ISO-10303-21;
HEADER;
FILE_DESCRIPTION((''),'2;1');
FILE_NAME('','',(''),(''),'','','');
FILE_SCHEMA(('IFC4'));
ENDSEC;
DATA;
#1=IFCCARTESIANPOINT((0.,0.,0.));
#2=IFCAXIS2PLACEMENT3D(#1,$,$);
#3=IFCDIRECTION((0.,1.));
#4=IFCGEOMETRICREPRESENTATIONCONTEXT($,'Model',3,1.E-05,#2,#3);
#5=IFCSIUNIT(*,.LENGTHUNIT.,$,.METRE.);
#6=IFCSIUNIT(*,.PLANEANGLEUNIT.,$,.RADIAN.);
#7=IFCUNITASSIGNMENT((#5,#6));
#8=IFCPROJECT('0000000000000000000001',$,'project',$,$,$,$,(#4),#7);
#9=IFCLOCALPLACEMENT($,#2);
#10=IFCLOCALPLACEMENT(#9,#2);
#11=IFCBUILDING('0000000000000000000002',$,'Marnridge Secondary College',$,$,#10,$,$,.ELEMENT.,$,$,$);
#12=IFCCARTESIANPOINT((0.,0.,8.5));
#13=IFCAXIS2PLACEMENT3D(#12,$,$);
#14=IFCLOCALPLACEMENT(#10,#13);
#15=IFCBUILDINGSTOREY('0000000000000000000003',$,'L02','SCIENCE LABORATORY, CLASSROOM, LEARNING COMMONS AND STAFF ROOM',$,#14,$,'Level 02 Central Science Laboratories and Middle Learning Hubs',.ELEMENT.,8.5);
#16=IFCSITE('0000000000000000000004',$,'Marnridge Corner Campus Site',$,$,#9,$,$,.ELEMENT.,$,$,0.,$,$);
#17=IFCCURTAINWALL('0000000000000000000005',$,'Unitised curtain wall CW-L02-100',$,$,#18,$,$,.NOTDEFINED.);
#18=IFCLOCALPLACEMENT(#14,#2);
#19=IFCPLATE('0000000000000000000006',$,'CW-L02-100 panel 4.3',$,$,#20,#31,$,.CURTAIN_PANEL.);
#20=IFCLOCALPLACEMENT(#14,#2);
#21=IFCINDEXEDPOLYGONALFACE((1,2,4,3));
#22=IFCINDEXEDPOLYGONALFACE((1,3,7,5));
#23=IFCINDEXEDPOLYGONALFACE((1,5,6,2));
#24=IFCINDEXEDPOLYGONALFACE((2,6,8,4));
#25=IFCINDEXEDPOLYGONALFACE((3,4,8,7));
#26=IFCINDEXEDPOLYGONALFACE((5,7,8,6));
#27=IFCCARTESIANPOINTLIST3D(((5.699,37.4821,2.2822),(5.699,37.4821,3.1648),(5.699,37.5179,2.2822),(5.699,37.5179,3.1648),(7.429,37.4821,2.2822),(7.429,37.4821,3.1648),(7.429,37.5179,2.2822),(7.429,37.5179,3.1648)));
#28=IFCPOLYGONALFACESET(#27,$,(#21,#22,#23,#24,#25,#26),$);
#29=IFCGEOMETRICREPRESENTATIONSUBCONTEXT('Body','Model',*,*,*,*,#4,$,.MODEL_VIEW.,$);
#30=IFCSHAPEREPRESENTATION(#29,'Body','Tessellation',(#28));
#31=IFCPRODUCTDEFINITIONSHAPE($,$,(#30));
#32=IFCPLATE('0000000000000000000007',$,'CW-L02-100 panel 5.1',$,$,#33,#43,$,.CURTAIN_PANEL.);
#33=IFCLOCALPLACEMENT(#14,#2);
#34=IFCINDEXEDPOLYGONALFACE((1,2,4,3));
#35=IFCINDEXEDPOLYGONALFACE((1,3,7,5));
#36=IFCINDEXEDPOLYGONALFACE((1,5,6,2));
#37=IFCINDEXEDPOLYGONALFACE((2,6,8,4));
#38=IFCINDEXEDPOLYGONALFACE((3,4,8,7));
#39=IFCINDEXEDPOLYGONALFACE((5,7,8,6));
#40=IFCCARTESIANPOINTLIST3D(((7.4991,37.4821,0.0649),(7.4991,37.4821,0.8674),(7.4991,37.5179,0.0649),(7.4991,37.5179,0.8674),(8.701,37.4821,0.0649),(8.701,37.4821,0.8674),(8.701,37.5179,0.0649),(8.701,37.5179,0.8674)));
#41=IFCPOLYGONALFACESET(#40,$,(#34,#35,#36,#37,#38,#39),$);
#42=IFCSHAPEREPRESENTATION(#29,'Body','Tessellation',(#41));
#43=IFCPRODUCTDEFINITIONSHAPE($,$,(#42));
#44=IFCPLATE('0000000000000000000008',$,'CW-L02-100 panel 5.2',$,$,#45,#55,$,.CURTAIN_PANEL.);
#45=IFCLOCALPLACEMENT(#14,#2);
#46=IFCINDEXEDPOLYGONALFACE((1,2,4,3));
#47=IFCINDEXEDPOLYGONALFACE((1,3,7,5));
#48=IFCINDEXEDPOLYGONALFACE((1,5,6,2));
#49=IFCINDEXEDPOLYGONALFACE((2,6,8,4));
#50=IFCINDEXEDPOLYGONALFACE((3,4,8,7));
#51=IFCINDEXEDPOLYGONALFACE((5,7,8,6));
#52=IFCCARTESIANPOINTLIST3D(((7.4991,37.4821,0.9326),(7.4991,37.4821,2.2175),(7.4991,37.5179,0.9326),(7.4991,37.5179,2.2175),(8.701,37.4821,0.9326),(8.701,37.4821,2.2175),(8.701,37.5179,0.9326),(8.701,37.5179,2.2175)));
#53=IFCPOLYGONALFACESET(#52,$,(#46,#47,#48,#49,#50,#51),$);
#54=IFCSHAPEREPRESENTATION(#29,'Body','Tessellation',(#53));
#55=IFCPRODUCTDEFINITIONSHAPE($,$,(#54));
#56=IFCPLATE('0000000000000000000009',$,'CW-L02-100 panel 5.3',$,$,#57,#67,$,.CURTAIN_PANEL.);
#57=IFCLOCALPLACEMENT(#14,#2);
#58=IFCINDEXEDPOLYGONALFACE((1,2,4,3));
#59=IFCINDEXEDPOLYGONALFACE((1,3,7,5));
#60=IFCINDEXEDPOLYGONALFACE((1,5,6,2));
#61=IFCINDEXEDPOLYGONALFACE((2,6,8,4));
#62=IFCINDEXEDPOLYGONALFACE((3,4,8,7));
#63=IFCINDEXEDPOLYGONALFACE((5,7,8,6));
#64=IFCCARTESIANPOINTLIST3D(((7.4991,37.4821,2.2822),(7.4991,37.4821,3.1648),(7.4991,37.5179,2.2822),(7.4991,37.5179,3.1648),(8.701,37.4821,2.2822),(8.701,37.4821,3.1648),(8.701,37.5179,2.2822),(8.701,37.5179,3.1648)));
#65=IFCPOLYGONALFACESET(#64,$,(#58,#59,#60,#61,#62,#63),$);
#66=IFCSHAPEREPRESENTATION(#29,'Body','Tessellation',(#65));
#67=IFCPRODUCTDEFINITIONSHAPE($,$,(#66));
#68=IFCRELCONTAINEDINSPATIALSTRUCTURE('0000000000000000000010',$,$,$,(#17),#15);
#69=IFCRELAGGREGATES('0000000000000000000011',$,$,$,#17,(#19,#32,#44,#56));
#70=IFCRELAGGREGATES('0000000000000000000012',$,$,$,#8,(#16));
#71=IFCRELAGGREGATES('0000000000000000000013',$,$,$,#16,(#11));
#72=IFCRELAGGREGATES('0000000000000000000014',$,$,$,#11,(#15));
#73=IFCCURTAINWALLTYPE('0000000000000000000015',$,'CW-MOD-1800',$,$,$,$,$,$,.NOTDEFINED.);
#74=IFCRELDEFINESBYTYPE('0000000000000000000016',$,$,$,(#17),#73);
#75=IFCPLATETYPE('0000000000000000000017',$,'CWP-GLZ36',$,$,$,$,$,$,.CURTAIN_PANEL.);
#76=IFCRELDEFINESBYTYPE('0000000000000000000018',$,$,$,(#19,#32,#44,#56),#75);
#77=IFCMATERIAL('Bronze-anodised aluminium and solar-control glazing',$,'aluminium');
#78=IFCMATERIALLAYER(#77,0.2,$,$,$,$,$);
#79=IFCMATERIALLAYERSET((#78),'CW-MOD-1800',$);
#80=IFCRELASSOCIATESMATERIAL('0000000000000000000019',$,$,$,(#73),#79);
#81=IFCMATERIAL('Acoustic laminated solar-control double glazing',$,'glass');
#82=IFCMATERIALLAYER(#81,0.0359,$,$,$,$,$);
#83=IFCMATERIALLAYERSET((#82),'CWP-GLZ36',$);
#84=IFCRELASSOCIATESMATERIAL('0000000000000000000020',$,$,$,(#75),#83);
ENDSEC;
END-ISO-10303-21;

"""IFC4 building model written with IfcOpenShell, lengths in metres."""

from ifc_helpers import new_model, si_unit, direction, frame, origin, origin_2d, place, context, subcontext, project, spatial, rectangle, extrude, material, layer, layer_set, type_object, element, aggregate, save


model = new_model("IFC4")

# Units and contexts
model_context = context("Model", 3, precision=1e-05, world=origin(), true_north=direction((0.0, 1.0)))
body_context = subcontext(model_context, "Body", "Model", "MODEL_VIEW")
ifc_project = project(units=[si_unit("LENGTHUNIT", "METRE"), si_unit("PLANEANGLEUNIT", "RADIAN")], contexts=[model_context])

# Site, building, storey
site_placement = place(None, origin())
site = spatial("IfcSite", under=ifc_project, at=site_placement, Name="Marnridge Corner Campus Site", CompositionType="ELEMENT", RefElevation=0.0)
building_placement = place(site_placement, origin())
building = spatial("IfcBuilding", under=site, at=building_placement, Name="Marnridge Secondary College", CompositionType="ELEMENT")
storey_placement = place(building_placement, frame((0.0, 0.0, 8.5)))
storey = spatial("IfcBuildingStorey", under=building, at=storey_placement, Name="L02", Description="SCIENCE LABORATORY, CLASSROOM, LEARNING COMMONS AND STAFF ROOM", LongName="Level 02 Central Science Laboratories and Middle Learning Hubs", CompositionType="ELEMENT", Elevation=8.5)

# Curtain wall
ifc_material_1 = material(Name="Bronze-anodised aluminium and solar-control glazing", Category="aluminium")
ifc_layer_1 = layer(ifc_material_1, 0.2)
ifc_layer_set_1 = layer_set([ifc_layer_1], Name="CW-MOD-1800")
curtain_wall_type = type_object("IfcCurtainWallType", Name="CW-MOD-1800", PredefinedType="NOTDEFINED", material=ifc_layer_set_1)
curtain_wall_1_placement = place(storey_placement, origin())
curtain_wall_1 = element("IfcCurtainWall", 1, at=curtain_wall_1_placement, inside=storey, type_object=curtain_wall_type, Name="Unitised curtain wall CW-L02-100", PredefinedType="NOTDEFINED")

# Plates
ifc_material_2 = material(Name="Acoustic laminated solar-control double glazing", Category="glass")
ifc_layer_2 = layer(ifc_material_2, 0.0359)
ifc_layer_set_2 = layer_set([ifc_layer_2], Name="CWP-GLZ36")
plate_type = type_object("IfcPlateType", Name="CWP-GLZ36", PredefinedType="CURTAIN_PANEL", material=ifc_layer_set_2)
plate_1_placement = place(storey_placement, frame((6.564, 37.5, 2.2822), z_axis=(0.0, 0.0, 1.0), x_axis=(1.0, 0.0, 0.0)))
plate_1 = element("IfcPlate", 2, at=plate_1_placement, type_object=plate_type, Name="CW-L02-100 panel 4.3", PredefinedType="CURTAIN_PANEL", context=body_context, shape_type="SweptSolid", body=[
    extrude(rectangle(XDim=1.73, YDim=0.0359, at=origin_2d()), origin(), (0.0, 0.0, 1.0), 0.8826),
])
plate_2_placement = place(storey_placement, frame((8.1001, 37.5, 0.0649), z_axis=(0.0, 0.0, 1.0), x_axis=(1.0, 0.0, 0.0)))
plate_2 = element("IfcPlate", 3, at=plate_2_placement, type_object=plate_type, Name="CW-L02-100 panel 5.1", PredefinedType="CURTAIN_PANEL", context=body_context, shape_type="SweptSolid", body=[
    extrude(rectangle(XDim=1.2019, YDim=0.0359, at=origin_2d()), origin(), (0.0, 0.0, 1.0), 0.8025),
])
plate_3_placement = place(storey_placement, frame((8.1001, 37.5, 0.9326), z_axis=(0.0, 0.0, 1.0), x_axis=(1.0, 0.0, 0.0)))
plate_3 = element("IfcPlate", 4, at=plate_3_placement, type_object=plate_type, Name="CW-L02-100 panel 5.2", PredefinedType="CURTAIN_PANEL", context=body_context, shape_type="SweptSolid", body=[
    extrude(rectangle(XDim=1.2019, YDim=0.0359, at=origin_2d()), origin(), (0.0, 0.0, 1.0), 1.2849),
])
plate_4_placement = place(storey_placement, frame((8.1001, 37.5, 2.2822), z_axis=(0.0, 0.0, 1.0), x_axis=(1.0, 0.0, 0.0)))
plate_4 = element("IfcPlate", 5, at=plate_4_placement, type_object=plate_type, Name="CW-L02-100 panel 5.3", PredefinedType="CURTAIN_PANEL", context=body_context, shape_type="SweptSolid", body=[
    extrude(rectangle(XDim=1.2019, YDim=0.0359, at=origin_2d()), origin(), (0.0, 0.0, 1.0), 0.8826),
])
aggregate(curtain_wall_1, [plate_1, plate_2, plate_3, plate_4])

save(model, "model.ifc")
